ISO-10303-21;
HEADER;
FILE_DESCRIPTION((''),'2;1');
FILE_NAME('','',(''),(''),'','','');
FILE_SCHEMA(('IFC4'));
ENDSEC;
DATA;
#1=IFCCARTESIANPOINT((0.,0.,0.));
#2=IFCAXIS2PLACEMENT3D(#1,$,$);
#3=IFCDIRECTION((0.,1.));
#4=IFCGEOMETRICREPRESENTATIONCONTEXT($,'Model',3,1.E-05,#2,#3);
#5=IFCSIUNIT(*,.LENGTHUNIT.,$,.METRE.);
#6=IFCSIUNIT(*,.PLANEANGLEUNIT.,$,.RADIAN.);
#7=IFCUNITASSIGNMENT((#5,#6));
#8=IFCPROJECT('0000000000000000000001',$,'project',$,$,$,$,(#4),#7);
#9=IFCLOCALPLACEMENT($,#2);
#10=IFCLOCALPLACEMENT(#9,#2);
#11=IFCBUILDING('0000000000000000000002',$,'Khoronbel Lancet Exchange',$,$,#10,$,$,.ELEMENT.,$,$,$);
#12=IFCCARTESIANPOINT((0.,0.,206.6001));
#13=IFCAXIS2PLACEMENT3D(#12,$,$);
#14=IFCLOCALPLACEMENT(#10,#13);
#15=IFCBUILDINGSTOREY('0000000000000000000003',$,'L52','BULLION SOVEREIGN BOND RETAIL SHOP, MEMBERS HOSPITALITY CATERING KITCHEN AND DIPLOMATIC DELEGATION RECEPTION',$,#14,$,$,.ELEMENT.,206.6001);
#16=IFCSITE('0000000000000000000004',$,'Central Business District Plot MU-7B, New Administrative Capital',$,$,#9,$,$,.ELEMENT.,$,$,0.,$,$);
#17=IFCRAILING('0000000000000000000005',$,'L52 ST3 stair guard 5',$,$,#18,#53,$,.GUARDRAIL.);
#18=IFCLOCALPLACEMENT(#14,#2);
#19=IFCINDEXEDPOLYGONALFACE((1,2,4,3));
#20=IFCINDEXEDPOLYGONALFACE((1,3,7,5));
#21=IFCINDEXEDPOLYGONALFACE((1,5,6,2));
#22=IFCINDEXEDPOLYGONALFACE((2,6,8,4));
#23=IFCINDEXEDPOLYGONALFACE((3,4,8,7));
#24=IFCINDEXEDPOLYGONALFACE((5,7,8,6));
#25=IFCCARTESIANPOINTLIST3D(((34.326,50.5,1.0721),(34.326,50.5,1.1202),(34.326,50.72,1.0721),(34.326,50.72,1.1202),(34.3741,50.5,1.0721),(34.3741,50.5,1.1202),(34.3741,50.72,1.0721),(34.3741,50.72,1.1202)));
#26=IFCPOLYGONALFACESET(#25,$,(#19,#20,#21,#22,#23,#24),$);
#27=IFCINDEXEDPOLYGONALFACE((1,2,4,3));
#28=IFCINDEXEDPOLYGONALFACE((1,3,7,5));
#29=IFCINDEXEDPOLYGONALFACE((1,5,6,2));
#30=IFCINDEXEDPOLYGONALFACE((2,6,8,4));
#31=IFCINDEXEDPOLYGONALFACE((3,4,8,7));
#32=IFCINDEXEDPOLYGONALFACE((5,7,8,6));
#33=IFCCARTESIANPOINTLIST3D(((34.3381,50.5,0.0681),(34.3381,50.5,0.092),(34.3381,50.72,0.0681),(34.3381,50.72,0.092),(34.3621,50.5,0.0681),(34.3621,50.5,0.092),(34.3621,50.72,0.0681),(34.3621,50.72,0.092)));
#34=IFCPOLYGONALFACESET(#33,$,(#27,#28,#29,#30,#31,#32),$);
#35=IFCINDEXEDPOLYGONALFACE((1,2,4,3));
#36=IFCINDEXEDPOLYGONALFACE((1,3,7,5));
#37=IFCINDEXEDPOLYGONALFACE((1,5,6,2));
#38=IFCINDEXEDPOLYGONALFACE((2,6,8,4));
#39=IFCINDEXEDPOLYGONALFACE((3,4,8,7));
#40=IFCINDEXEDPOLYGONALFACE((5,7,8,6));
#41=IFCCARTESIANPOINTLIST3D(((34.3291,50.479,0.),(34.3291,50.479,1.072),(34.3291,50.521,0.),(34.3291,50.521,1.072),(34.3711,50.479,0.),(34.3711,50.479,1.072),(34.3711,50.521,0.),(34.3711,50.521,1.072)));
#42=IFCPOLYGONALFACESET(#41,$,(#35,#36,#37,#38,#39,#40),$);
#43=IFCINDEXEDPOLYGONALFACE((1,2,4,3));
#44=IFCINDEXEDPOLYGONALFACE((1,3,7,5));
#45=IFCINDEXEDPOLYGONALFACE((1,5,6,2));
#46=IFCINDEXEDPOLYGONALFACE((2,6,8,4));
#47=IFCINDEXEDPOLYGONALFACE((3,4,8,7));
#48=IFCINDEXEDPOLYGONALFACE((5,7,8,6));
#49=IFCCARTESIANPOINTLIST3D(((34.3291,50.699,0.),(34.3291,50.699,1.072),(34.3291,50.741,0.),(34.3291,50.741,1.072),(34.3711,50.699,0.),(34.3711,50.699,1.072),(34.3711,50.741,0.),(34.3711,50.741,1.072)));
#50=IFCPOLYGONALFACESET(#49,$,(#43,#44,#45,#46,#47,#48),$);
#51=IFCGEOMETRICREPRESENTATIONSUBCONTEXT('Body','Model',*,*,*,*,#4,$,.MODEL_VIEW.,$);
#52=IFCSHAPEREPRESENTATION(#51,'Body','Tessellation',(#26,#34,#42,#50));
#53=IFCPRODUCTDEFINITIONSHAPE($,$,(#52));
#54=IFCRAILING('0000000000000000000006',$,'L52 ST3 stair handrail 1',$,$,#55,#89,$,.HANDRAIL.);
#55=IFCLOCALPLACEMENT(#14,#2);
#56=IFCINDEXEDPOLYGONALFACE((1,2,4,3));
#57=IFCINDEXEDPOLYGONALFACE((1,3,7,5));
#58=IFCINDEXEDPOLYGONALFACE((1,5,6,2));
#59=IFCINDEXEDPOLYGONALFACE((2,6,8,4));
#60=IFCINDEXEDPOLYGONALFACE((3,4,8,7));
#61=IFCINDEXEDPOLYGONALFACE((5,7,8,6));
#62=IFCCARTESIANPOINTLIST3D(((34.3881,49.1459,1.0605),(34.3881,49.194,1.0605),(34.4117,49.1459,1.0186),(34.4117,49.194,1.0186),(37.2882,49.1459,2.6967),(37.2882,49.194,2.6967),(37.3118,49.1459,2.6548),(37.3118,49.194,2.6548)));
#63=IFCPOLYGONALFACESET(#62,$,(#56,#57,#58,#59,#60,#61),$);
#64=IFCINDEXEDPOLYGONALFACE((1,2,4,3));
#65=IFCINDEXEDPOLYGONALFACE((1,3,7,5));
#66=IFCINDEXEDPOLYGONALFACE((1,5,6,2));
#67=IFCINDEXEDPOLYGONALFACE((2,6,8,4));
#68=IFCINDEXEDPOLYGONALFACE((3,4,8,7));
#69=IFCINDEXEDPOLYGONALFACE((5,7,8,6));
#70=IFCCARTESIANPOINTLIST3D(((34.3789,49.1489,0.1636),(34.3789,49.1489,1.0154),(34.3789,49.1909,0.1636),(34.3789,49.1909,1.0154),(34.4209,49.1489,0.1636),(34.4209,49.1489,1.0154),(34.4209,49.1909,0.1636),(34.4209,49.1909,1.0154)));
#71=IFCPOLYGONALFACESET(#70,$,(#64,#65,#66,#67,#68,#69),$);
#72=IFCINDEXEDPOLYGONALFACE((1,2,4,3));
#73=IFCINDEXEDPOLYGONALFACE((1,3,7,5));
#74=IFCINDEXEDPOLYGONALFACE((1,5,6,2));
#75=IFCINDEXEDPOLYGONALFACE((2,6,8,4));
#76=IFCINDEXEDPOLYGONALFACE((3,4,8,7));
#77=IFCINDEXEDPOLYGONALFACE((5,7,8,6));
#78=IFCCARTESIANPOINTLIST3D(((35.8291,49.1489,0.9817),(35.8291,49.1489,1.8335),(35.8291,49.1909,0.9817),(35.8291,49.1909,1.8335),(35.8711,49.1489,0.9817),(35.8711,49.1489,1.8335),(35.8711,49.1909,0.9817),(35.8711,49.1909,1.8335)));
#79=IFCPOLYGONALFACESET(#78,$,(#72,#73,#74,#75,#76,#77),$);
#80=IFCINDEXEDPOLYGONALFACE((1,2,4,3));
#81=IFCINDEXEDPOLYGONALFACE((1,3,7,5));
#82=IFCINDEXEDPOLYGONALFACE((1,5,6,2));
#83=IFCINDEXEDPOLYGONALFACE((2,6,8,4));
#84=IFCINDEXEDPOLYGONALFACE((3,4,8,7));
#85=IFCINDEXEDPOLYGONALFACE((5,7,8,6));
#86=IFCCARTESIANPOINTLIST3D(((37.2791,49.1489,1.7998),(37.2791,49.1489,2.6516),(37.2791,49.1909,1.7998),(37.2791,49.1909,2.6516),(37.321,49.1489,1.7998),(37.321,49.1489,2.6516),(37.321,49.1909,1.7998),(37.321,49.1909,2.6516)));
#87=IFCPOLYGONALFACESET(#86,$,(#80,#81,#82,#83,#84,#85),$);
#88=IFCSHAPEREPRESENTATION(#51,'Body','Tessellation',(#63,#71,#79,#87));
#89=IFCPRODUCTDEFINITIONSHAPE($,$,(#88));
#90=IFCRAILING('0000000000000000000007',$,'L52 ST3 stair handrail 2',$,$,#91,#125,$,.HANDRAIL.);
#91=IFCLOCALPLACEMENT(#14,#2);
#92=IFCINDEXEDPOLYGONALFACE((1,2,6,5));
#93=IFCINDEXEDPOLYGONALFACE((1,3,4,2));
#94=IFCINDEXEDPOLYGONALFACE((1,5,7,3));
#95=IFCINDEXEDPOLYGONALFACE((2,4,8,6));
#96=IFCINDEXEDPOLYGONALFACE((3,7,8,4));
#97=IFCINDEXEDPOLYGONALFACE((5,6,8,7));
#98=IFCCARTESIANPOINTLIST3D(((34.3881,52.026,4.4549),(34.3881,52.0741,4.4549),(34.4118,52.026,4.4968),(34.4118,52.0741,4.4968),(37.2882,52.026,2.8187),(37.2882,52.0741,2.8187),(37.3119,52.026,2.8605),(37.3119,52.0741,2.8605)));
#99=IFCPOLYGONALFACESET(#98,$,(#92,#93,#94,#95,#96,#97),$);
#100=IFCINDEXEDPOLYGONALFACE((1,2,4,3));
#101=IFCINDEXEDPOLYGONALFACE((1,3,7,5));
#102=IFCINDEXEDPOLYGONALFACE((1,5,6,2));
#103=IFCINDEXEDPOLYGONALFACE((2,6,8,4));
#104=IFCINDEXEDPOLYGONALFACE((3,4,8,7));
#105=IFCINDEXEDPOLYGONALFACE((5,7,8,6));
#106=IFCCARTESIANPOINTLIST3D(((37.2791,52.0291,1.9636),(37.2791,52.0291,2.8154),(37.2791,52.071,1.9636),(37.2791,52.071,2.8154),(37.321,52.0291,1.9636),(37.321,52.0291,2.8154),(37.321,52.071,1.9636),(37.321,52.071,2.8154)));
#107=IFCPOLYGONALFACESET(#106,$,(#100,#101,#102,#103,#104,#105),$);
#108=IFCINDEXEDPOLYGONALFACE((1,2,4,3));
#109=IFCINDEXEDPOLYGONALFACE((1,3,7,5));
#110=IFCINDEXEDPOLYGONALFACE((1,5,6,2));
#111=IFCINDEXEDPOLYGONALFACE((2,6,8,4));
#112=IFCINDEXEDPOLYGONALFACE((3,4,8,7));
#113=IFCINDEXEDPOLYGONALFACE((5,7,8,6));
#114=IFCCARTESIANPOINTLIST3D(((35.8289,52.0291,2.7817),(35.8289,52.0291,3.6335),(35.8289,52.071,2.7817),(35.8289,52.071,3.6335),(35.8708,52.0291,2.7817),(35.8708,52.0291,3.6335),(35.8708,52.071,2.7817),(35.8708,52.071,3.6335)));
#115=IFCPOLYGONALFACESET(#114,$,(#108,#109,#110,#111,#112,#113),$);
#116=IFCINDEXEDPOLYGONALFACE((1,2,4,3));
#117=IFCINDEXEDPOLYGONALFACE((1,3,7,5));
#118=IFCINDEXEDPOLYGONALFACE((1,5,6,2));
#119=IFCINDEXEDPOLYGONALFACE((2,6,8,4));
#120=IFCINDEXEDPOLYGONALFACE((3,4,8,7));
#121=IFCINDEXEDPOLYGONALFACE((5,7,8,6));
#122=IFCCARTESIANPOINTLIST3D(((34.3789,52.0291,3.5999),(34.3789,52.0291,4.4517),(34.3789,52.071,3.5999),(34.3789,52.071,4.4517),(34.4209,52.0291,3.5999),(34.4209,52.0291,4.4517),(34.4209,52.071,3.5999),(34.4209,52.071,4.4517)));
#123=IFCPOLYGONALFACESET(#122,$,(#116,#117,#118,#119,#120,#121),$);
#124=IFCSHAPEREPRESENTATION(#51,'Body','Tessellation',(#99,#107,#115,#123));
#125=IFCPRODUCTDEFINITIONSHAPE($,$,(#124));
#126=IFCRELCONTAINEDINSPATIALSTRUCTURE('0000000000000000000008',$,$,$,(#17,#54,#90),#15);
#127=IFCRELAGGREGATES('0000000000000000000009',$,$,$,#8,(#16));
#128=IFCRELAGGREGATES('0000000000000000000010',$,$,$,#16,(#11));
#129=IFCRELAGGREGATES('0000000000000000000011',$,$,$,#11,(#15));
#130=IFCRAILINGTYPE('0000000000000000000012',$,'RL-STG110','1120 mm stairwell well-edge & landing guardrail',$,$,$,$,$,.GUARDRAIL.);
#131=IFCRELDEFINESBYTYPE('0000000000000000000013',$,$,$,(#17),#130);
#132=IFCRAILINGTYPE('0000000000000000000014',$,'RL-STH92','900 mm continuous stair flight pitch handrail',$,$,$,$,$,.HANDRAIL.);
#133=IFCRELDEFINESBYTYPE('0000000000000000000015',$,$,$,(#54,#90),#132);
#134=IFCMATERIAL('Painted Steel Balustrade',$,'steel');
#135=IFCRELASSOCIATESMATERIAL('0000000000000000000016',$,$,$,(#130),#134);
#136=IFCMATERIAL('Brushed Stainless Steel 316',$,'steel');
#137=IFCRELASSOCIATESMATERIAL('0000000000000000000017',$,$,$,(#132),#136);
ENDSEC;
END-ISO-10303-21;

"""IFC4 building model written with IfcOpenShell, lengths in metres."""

from ifc_helpers import new_model, si_unit, direction, frame, origin, origin_2d, place, context, subcontext, project, spatial, rectangle, extrude, material, type_object, element, save


model = new_model("IFC4")

# Units and contexts
model_context = context("Model", 3, precision=1e-05, world=origin(), true_north=direction((0.0, 1.0)))
body_context = subcontext(model_context, "Body", "Model", "MODEL_VIEW")
ifc_project = project(units=[si_unit("LENGTHUNIT", "METRE"), si_unit("PLANEANGLEUNIT", "RADIAN")], contexts=[model_context])

# Site, building, storey
site_placement = place(None, origin())
site = spatial("IfcSite", under=ifc_project, at=site_placement, Name="Central Business District Plot MU-7B, New Administrative Capital", CompositionType="ELEMENT", RefElevation=0.0)
building_placement = place(site_placement, origin())
building = spatial("IfcBuilding", under=site, at=building_placement, Name="Khoronbel Lancet Exchange", CompositionType="ELEMENT")
storey_placement = place(building_placement, frame((0.0, 0.0, 206.6001)))
storey = spatial("IfcBuildingStorey", under=building, at=storey_placement, Name="L52", Description="BULLION SOVEREIGN BOND RETAIL SHOP, MEMBERS HOSPITALITY CATERING KITCHEN AND DIPLOMATIC DELEGATION RECEPTION", CompositionType="ELEMENT", Elevation=206.6001)

# Railings
ifc_material_1 = material(Name="Painted Steel Balustrade", Category="steel")
railing_type_1 = type_object("IfcRailingType", Name="RL-STG110", Description="1120 mm stairwell well-edge & landing guardrail", PredefinedType="GUARDRAIL", material=ifc_material_1)
railing_1_placement = place(storey_placement, frame((34.3501, 50.5, 0.0)))
element("IfcRailing", 1, at=railing_1_placement, inside=storey, type_object=railing_type_1, Name="L52 ST3 stair guard 5", PredefinedType="GUARDRAIL", context=body_context, shape_type="SweptSolid", body=[
    extrude(rectangle(XDim=0.0481, YDim=0.0481, at=origin_2d()), frame((0.0, 0.0, 1.0962), z_axis=(0.0, 1.0, 0.0), x_axis=(-1.0, 0.0, 0.0)), (0.0, 0.0, 1.0), 0.22),
    extrude(rectangle(XDim=0.0239, YDim=0.0239, at=origin_2d()), frame((0.0, 0.0, 0.0801), z_axis=(0.0, 1.0, 0.0), x_axis=(-1.0, 0.0, 0.0)), (0.0, 0.0, 1.0), 0.22),
    extrude(rectangle(XDim=0.042, YDim=0.042, at=origin_2d()), origin(), (0.0, 0.0, 1.0), 1.072),
    extrude(rectangle(XDim=0.042, YDim=0.042, at=origin_2d()), frame((0.0, 0.22, 0.0)), (0.0, 0.0, 1.0), 1.072),
])
ifc_material_2 = material(Name="Brushed Stainless Steel 316", Category="steel")
railing_type_2 = type_object("IfcRailingType", Name="RL-STH92", Description="900 mm continuous stair flight pitch handrail", PredefinedType="HANDRAIL", material=ifc_material_2)
railing_2_placement = place(storey_placement, frame((34.3999, 49.1699, 0.1636)))
element("IfcRailing", 2, at=railing_2_placement, inside=storey, type_object=railing_type_2, Name="L52 ST3 stair handrail 1", PredefinedType="HANDRAIL", context=body_context, shape_type="SweptSolid", body=[
    extrude(rectangle(XDim=0.0481, YDim=0.0481, at=origin_2d()), frame((0.0, 0.0, 0.876), z_axis=(0.870946, 0.0, 0.491378), x_axis=(0.0, 1.0, 0.0)), (0.0, 0.0, 1.0), 3.3298),
    extrude(rectangle(XDim=0.042, YDim=0.042, at=origin_2d()), origin(), (0.0, 0.0, 1.0), 0.8518),
    extrude(rectangle(XDim=0.042, YDim=0.042, at=origin_2d()), frame((1.4502, 0.0, 0.8181)), (0.0, 0.0, 1.0), 0.8518),
    extrude(rectangle(XDim=0.042, YDim=0.042, at=origin_2d()), frame((2.9001, 0.0, 1.6362)), (0.0, 0.0, 1.0), 0.8518),
])
railing_3_placement = place(storey_placement, frame((37.3, 52.05, 1.9636)))
element("IfcRailing", 3, at=railing_3_placement, inside=storey, type_object=railing_type_2, Name="L52 ST3 stair handrail 2", PredefinedType="HANDRAIL", context=body_context, shape_type="SweptSolid", body=[
    extrude(rectangle(XDim=0.0481, YDim=0.0481, at=origin_2d()), frame((0.0, 0.0, 0.876), z_axis=(-0.870946, 0.0, 0.491378), x_axis=(0.0, -1.0, 0.0)), (0.0, 0.0, 1.0), 3.3298),
    extrude(rectangle(XDim=0.042, YDim=0.042, at=origin_2d()), origin(), (0.0, 0.0, 1.0), 0.8518),
    extrude(rectangle(XDim=0.042, YDim=0.042, at=origin_2d()), frame((-1.4502, 0.0, 0.8181)), (0.0, 0.0, 1.0), 0.8518),
    extrude(rectangle(XDim=0.042, YDim=0.042, at=origin_2d()), frame((-2.9001, 0.0, 1.6362)), (0.0, 0.0, 1.0), 0.8518),
])

save(model, "model.ifc")
